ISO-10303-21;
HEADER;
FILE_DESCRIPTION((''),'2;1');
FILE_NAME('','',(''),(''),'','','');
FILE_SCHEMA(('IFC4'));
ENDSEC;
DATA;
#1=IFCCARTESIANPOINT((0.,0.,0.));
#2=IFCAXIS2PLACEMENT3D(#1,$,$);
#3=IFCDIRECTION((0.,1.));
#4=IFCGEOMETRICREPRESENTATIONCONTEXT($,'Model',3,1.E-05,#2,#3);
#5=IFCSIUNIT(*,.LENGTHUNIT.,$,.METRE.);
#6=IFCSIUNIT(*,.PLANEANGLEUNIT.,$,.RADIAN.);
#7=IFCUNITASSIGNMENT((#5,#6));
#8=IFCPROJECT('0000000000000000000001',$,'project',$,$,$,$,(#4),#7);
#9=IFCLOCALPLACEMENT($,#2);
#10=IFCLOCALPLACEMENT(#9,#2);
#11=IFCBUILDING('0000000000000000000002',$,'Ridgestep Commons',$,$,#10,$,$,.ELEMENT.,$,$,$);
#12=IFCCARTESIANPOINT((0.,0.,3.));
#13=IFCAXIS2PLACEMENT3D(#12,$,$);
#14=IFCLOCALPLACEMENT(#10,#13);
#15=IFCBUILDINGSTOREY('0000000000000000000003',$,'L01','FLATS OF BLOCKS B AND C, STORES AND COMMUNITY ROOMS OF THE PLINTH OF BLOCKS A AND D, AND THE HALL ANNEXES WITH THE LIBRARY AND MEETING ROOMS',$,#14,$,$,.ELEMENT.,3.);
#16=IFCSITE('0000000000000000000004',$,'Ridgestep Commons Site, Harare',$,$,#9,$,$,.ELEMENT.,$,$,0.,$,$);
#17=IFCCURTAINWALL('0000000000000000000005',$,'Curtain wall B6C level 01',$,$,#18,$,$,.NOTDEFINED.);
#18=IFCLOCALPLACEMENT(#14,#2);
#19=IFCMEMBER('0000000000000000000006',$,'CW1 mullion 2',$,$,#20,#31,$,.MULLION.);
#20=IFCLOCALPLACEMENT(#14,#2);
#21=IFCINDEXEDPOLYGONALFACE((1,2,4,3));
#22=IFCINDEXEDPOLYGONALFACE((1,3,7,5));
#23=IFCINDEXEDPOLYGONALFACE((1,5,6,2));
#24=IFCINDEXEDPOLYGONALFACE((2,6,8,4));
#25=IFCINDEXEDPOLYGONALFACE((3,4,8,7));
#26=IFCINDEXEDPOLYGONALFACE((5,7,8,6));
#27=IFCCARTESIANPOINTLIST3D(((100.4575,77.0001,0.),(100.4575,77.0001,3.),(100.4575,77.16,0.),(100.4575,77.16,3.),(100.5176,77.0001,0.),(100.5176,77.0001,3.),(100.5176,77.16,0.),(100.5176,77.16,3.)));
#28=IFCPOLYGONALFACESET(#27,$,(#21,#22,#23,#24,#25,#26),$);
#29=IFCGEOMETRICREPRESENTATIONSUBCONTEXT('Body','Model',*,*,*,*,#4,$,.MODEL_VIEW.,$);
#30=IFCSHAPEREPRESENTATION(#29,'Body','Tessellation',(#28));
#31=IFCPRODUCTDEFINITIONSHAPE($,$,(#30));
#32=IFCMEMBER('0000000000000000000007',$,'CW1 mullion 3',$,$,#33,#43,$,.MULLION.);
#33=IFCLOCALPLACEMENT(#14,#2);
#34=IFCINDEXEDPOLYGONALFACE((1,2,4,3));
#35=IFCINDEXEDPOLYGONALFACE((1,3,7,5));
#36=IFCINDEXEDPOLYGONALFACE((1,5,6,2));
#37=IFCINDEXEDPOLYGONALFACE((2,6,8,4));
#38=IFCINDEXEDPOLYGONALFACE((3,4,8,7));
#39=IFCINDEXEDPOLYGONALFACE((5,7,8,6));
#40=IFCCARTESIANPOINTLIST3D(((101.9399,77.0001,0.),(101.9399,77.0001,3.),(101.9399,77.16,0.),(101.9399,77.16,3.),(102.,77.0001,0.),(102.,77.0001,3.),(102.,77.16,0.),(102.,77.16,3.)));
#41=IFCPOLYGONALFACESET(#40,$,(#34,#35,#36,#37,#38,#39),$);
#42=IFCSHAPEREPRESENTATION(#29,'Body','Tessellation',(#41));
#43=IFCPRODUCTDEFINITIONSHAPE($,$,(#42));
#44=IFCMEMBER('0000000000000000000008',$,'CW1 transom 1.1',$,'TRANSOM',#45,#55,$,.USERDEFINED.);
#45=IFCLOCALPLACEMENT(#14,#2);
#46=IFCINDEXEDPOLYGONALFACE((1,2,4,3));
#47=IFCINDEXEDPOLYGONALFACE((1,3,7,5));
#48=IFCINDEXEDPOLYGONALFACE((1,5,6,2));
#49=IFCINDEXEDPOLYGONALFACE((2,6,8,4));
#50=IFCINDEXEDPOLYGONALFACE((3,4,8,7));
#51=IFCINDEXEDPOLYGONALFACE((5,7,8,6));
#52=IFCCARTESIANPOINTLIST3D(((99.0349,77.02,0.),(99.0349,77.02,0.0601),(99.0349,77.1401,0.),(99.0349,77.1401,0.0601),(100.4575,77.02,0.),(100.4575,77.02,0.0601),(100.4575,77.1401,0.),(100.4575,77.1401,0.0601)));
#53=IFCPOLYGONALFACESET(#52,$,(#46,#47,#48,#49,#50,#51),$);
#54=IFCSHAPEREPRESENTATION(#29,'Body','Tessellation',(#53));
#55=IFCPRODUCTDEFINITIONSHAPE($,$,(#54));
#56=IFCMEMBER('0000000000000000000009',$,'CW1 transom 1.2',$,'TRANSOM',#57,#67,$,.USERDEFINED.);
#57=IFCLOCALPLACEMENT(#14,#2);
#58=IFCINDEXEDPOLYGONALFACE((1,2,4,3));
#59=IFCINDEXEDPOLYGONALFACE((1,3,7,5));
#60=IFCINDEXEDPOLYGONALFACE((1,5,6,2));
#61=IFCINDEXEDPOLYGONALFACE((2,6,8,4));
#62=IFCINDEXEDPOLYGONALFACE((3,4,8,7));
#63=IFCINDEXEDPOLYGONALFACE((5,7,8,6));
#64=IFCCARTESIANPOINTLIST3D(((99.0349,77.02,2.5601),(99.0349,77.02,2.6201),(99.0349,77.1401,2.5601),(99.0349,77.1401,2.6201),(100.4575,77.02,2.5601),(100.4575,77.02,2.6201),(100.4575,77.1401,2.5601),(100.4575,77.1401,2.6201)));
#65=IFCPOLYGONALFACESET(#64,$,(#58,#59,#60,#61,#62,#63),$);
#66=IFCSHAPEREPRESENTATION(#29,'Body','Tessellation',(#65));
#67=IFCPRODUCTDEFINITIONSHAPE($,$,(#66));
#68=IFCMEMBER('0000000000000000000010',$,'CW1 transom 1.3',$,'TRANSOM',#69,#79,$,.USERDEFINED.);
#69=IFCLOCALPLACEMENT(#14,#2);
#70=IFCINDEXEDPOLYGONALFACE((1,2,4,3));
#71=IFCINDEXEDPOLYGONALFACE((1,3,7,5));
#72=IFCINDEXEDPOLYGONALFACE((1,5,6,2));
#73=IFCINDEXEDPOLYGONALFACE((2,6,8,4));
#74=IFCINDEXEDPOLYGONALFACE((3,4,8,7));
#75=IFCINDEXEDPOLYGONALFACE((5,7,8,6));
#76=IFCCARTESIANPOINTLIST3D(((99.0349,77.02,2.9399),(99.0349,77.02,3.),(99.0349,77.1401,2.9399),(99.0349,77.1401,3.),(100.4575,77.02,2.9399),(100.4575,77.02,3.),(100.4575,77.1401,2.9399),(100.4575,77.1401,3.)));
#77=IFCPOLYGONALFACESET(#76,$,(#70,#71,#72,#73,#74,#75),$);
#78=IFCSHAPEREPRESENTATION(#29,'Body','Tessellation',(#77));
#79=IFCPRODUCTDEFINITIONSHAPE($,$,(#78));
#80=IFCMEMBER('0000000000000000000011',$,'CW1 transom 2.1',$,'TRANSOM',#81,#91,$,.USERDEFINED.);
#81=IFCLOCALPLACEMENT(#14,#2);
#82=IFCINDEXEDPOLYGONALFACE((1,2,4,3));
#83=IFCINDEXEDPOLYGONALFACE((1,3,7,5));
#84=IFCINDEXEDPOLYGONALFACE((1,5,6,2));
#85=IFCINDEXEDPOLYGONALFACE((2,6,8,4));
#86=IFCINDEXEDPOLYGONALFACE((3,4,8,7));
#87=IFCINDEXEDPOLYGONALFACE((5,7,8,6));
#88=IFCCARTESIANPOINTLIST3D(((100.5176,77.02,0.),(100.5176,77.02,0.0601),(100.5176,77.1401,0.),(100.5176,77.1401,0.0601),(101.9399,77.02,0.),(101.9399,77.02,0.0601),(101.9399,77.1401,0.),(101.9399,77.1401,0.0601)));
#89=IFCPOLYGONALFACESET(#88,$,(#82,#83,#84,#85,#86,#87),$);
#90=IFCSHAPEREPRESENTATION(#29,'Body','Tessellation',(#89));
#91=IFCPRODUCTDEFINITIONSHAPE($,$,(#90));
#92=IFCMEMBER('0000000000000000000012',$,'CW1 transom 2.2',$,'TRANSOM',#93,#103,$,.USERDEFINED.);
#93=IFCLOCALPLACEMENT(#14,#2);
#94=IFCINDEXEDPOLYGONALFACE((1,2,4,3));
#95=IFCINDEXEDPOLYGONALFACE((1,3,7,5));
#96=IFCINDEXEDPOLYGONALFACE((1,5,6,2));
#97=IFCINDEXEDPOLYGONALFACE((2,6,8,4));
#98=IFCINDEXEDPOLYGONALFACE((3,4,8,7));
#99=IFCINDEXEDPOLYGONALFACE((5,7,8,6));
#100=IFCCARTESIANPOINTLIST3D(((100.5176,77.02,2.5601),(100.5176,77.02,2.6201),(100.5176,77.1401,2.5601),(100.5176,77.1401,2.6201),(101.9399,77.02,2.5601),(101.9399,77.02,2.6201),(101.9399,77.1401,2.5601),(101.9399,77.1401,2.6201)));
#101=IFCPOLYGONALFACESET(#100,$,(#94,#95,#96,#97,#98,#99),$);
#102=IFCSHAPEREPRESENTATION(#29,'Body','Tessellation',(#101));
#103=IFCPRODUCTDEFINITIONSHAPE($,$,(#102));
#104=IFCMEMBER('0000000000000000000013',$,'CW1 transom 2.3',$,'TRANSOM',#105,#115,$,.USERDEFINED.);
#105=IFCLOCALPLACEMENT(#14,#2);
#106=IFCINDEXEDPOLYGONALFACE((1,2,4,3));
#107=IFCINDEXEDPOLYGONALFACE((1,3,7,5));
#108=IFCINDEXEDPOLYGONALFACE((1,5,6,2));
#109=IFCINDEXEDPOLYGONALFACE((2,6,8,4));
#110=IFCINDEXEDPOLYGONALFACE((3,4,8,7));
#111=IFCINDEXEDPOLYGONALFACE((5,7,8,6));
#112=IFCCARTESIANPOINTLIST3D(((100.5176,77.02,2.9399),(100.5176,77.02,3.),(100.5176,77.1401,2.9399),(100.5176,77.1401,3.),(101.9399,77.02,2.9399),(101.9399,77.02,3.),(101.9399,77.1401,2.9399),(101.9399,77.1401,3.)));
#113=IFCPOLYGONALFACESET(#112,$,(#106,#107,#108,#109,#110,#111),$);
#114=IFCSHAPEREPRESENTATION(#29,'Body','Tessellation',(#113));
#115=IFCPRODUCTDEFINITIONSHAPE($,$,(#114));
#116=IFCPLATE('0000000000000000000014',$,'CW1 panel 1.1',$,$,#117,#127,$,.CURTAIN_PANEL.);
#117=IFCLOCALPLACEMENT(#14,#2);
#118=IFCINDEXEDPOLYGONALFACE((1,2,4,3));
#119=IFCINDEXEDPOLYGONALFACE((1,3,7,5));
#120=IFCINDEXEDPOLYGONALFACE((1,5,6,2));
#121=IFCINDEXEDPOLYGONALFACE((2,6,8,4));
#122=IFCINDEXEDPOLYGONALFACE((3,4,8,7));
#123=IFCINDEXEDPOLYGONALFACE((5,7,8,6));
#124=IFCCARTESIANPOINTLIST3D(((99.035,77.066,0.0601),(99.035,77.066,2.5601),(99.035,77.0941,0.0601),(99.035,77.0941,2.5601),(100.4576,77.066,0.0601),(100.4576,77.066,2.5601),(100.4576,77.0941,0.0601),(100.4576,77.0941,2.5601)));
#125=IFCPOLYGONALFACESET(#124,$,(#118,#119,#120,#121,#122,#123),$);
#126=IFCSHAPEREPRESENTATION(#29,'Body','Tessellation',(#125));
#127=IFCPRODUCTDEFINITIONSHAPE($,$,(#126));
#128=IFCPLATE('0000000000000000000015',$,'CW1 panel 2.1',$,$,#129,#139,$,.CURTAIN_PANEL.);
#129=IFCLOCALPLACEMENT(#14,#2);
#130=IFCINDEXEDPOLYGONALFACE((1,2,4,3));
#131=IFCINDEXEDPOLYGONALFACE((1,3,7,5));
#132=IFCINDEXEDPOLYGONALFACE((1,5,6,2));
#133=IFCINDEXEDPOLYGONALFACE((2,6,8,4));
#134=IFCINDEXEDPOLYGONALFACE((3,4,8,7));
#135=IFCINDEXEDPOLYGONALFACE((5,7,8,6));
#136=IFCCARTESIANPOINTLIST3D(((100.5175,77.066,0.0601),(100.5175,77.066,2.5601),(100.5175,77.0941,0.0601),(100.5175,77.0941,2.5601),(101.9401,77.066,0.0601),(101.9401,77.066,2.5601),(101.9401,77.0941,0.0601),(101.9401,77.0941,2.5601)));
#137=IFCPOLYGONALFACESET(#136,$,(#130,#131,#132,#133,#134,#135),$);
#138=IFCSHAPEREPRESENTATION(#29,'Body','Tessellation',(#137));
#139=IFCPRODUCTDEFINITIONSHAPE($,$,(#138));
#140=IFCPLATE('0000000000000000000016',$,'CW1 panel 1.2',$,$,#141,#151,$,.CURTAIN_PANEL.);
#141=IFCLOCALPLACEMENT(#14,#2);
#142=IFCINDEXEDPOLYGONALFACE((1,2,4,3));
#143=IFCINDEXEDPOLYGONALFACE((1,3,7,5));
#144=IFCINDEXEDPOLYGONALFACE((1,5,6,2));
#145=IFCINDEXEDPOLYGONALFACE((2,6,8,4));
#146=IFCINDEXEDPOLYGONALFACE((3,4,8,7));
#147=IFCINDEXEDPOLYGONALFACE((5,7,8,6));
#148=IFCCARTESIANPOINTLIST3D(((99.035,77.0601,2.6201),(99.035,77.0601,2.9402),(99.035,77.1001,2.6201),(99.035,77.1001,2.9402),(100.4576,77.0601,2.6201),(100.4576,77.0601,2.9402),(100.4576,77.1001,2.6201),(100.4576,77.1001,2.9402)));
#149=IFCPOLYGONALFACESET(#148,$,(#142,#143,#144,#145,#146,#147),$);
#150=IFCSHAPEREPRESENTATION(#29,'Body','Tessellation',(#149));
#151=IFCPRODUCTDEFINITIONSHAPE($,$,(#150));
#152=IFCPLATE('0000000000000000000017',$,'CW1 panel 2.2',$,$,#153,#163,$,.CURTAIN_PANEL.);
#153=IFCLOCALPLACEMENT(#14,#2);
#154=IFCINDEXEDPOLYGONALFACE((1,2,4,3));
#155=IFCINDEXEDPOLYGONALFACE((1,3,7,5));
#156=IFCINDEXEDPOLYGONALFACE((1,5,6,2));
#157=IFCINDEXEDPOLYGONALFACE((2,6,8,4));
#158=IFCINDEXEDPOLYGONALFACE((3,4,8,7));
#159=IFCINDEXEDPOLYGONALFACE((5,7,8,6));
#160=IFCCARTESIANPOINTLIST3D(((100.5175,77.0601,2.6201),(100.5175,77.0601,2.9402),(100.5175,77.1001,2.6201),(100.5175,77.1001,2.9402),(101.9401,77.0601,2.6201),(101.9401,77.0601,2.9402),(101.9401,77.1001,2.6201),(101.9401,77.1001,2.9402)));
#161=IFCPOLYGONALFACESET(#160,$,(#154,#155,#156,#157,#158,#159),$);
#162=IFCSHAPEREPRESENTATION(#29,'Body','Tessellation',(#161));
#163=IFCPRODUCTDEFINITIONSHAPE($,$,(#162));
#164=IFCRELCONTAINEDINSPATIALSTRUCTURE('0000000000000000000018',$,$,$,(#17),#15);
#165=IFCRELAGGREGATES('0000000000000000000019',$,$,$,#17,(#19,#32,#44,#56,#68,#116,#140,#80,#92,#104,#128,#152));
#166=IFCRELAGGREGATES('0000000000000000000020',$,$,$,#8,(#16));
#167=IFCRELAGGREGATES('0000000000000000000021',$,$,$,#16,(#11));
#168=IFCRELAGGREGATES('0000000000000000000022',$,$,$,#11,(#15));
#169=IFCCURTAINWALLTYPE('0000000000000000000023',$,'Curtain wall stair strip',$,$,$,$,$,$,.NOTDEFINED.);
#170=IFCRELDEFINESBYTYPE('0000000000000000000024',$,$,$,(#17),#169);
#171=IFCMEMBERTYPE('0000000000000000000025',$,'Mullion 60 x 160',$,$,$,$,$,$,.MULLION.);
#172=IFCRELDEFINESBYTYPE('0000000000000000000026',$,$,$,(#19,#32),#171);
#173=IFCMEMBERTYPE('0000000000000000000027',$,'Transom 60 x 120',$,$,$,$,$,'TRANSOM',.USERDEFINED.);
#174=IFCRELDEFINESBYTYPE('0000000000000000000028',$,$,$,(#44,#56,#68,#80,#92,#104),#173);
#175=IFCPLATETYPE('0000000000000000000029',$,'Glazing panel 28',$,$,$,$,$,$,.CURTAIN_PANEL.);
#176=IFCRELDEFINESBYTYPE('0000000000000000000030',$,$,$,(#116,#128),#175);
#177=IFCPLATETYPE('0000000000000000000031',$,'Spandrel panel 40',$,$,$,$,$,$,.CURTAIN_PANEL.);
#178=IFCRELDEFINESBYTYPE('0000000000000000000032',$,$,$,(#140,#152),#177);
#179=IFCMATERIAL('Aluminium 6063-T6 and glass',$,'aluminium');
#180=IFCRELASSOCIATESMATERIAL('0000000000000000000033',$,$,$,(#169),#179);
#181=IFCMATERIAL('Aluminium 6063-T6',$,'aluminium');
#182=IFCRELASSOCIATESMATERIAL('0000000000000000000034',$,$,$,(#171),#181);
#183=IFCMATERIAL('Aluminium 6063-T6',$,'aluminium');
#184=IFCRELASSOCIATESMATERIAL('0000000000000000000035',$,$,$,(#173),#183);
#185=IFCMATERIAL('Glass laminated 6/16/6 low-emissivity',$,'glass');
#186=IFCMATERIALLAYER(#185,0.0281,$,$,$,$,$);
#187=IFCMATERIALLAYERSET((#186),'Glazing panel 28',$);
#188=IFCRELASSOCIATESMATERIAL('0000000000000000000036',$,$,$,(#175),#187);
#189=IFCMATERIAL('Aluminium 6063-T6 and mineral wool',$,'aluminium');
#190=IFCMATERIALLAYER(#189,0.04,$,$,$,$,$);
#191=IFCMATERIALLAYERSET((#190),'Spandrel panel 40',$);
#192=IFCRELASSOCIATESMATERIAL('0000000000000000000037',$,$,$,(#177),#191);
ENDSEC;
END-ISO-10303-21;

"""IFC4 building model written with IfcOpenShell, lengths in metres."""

from ifc_helpers import new_model, si_unit, direction, frame, origin, origin_2d, place, context, subcontext, project, spatial, rectangle, extrude, material, layer, layer_set, material_profile, profile_set, type_object, element, aggregate, save


model = new_model("IFC4")

# Units and contexts
model_context = context("Model", 3, precision=1e-05, world=origin(), true_north=direction((0.0, 1.0)))
body_context = subcontext(model_context, "Body", "Model", "MODEL_VIEW")
ifc_project = project(units=[si_unit("LENGTHUNIT", "METRE"), si_unit("PLANEANGLEUNIT", "RADIAN")], contexts=[model_context])

# Site, building, storey
site_placement = place(None, origin())
site = spatial("IfcSite", under=ifc_project, at=site_placement, Name="Ridgestep Commons Site, Harare", CompositionType="ELEMENT", RefElevation=0.0)
building_placement = place(site_placement, origin())
building = spatial("IfcBuilding", under=site, at=building_placement, Name="Ridgestep Commons", CompositionType="ELEMENT")
storey_placement = place(building_placement, frame((0.0, 0.0, 3.0)))
storey = spatial("IfcBuildingStorey", under=building, at=storey_placement, Name="L01", Description="FLATS OF BLOCKS B AND C, STORES AND COMMUNITY ROOMS OF THE PLINTH OF BLOCKS A AND D, AND THE HALL ANNEXES WITH THE LIBRARY AND MEETING ROOMS", CompositionType="ELEMENT", Elevation=3.0)

# Curtain wall, members, plates
ifc_material_1 = material(Name="Aluminium 6063-T6 and glass", Category="aluminium")
curtain_wall_type = type_object("IfcCurtainWallType", Name="Curtain wall stair strip", PredefinedType="NOTDEFINED", material=ifc_material_1)
curtain_wall_placement = place(storey_placement, origin())
curtain_wall = element("IfcCurtainWall", 1, at=curtain_wall_placement, inside=storey, type_object=curtain_wall_type, Name="Curtain wall B6C level 01", PredefinedType="NOTDEFINED")
ifc_material_2 = material(Name="Aluminium 6063-T6", Category="aluminium")
ifc_material_profile_1 = material_profile(ifc_material_2, rectangle(XDim=0.1599, YDim=0.0601, at=origin_2d()), Name="Mullion 60 x 160")
ifc_profile_set_1 = profile_set([ifc_material_profile_1], Name="Aluminium 6063-T6")
member_type_1 = type_object("IfcMemberType", Name="Mullion 60 x 160", PredefinedType="MULLION", material=ifc_profile_set_1)
member_1_placement = place(storey_placement, frame((100.4875, 77.0801, 0.0), z_axis=(0.0, 0.0, 1.0), x_axis=(0.0, 1.0, 0.0)))
member_1 = element("IfcMember", 2, at=member_1_placement, type_object=member_type_1, Name="CW1 mullion 2", PredefinedType="MULLION", context=body_context, shape_type="SweptSolid", body=[
    extrude(rectangle(XDim=0.1599, YDim=0.0601, at=origin_2d()), origin(), (0.0, 0.0, 1.0), 3.0),
])
member_2_placement = place(storey_placement, frame((101.97, 77.0801, 0.0), z_axis=(0.0, 0.0, 1.0), x_axis=(0.0, 1.0, 0.0)))
member_2 = element("IfcMember", 3, at=member_2_placement, type_object=member_type_1, Name="CW1 mullion 3", PredefinedType="MULLION", context=body_context, shape_type="SweptSolid", body=[
    extrude(rectangle(XDim=0.1599, YDim=0.0601, at=origin_2d()), origin(), (0.0, 0.0, 1.0), 3.0),
])
ifc_material_3 = material(Name="Aluminium 6063-T6", Category="aluminium")
ifc_material_profile_2 = material_profile(ifc_material_3, rectangle(XDim=0.1201, YDim=0.0601, at=origin_2d()), Name="Transom 60 x 120")
ifc_profile_set_2 = profile_set([ifc_material_profile_2], Name="Aluminium 6063-T6")
member_type_2 = type_object("IfcMemberType", Name="Transom 60 x 120", ElementType="TRANSOM", PredefinedType="USERDEFINED", material=ifc_profile_set_2)
member_3_placement = place(storey_placement, frame((99.0349, 77.0801, 0.03), z_axis=(1.0, 0.0, 0.0), x_axis=(0.0, 1.0, 0.0)))
member_3 = element("IfcMember", 4, at=member_3_placement, type_object=member_type_2, Name="CW1 transom 1.1", ObjectType="TRANSOM", PredefinedType="USERDEFINED", context=body_context, shape_type="SweptSolid", body=[
    extrude(rectangle(XDim=0.1201, YDim=0.0601, at=origin_2d()), origin(), (0.0, 0.0, 1.0), 1.4226),
])
member_4_placement = place(storey_placement, frame((99.0349, 77.0801, 2.5901), z_axis=(1.0, 0.0, 0.0), x_axis=(0.0, 1.0, 0.0)))
member_4 = element("IfcMember", 5, at=member_4_placement, type_object=member_type_2, Name="CW1 transom 1.2", ObjectType="TRANSOM", PredefinedType="USERDEFINED", context=body_context, shape_type="SweptSolid", body=[
    extrude(rectangle(XDim=0.1201, YDim=0.0601, at=origin_2d()), origin(), (0.0, 0.0, 1.0), 1.4226),
])
member_5_placement = place(storey_placement, frame((99.0349, 77.0801, 2.97), z_axis=(1.0, 0.0, 0.0), x_axis=(0.0, 1.0, 0.0)))
member_5 = element("IfcMember", 6, at=member_5_placement, type_object=member_type_2, Name="CW1 transom 1.3", ObjectType="TRANSOM", PredefinedType="USERDEFINED", context=body_context, shape_type="SweptSolid", body=[
    extrude(rectangle(XDim=0.1201, YDim=0.0601, at=origin_2d()), origin(), (0.0, 0.0, 1.0), 1.4226),
])
member_6_placement = place(storey_placement, frame((100.5176, 77.0801, 0.03), z_axis=(1.0, 0.0, 0.0), x_axis=(0.0, 1.0, 0.0)))
member_6 = element("IfcMember", 7, at=member_6_placement, type_object=member_type_2, Name="CW1 transom 2.1", ObjectType="TRANSOM", PredefinedType="USERDEFINED", context=body_context, shape_type="SweptSolid", body=[
    extrude(rectangle(XDim=0.1201, YDim=0.0601, at=origin_2d()), origin(), (0.0, 0.0, 1.0), 1.4224),
])
member_7_placement = place(storey_placement, frame((100.5176, 77.0801, 2.5901), z_axis=(1.0, 0.0, 0.0), x_axis=(0.0, 1.0, 0.0)))
member_7 = element("IfcMember", 8, at=member_7_placement, type_object=member_type_2, Name="CW1 transom 2.2", ObjectType="TRANSOM", PredefinedType="USERDEFINED", context=body_context, shape_type="SweptSolid", body=[
    extrude(rectangle(XDim=0.1201, YDim=0.0601, at=origin_2d()), origin(), (0.0, 0.0, 1.0), 1.4224),
])
member_8_placement = place(storey_placement, frame((100.5176, 77.0801, 2.97), z_axis=(1.0, 0.0, 0.0), x_axis=(0.0, 1.0, 0.0)))
member_8 = element("IfcMember", 9, at=member_8_placement, type_object=member_type_2, Name="CW1 transom 2.3", ObjectType="TRANSOM", PredefinedType="USERDEFINED", context=body_context, shape_type="SweptSolid", body=[
    extrude(rectangle(XDim=0.1201, YDim=0.0601, at=origin_2d()), origin(), (0.0, 0.0, 1.0), 1.4224),
])
ifc_material_4 = material(Name="Glass laminated 6/16/6 low-emissivity", Category="glass")
ifc_layer_1 = layer(ifc_material_4, 0.0281)
ifc_layer_set_1 = layer_set([ifc_layer_1], Name="Glazing panel 28")
plate_type_1 = type_object("IfcPlateType", Name="Glazing panel 28", PredefinedType="CURTAIN_PANEL", material=ifc_layer_set_1)
plate_1_placement = place(storey_placement, frame((99.7463, 77.0801, 0.0601), z_axis=(0.0, 0.0, 1.0), x_axis=(1.0, 0.0, 0.0)))
plate_1 = element("IfcPlate", 10, at=plate_1_placement, type_object=plate_type_1, Name="CW1 panel 1.1", PredefinedType="CURTAIN_PANEL", context=body_context, shape_type="SweptSolid", body=[
    extrude(rectangle(XDim=1.4226, YDim=0.0281, at=origin_2d()), origin(), (0.0, 0.0, 1.0), 2.5),
])
plate_2_placement = place(storey_placement, frame((101.2288, 77.0801, 0.0601), z_axis=(0.0, 0.0, 1.0), x_axis=(1.0, 0.0, 0.0)))
plate_2 = element("IfcPlate", 11, at=plate_2_placement, type_object=plate_type_1, Name="CW1 panel 2.1", PredefinedType="CURTAIN_PANEL", context=body_context, shape_type="SweptSolid", body=[
    extrude(rectangle(XDim=1.4226, YDim=0.0281, at=origin_2d()), origin(), (0.0, 0.0, 1.0), 2.5),
])
ifc_material_5 = material(Name="Aluminium 6063-T6 and mineral wool", Category="aluminium")
ifc_layer_2 = layer(ifc_material_5, 0.04)
ifc_layer_set_2 = layer_set([ifc_layer_2], Name="Spandrel panel 40")
plate_type_2 = type_object("IfcPlateType", Name="Spandrel panel 40", PredefinedType="CURTAIN_PANEL", material=ifc_layer_set_2)
plate_3_placement = place(storey_placement, frame((99.7463, 77.0801, 2.6201), z_axis=(0.0, 0.0, 1.0), x_axis=(1.0, 0.0, 0.0)))
plate_3 = element("IfcPlate", 12, at=plate_3_placement, type_object=plate_type_2, Name="CW1 panel 1.2", PredefinedType="CURTAIN_PANEL", context=body_context, shape_type="SweptSolid", body=[
    extrude(rectangle(XDim=1.4226, YDim=0.04, at=origin_2d()), origin(), (0.0, 0.0, 1.0), 0.3201),
])
plate_4_placement = place(storey_placement, frame((101.2288, 77.0801, 2.6201), z_axis=(0.0, 0.0, 1.0), x_axis=(1.0, 0.0, 0.0)))
plate_4 = element("IfcPlate", 13, at=plate_4_placement, type_object=plate_type_2, Name="CW1 panel 2.2", PredefinedType="CURTAIN_PANEL", context=body_context, shape_type="SweptSolid", body=[
    extrude(rectangle(XDim=1.4226, YDim=0.04, at=origin_2d()), origin(), (0.0, 0.0, 1.0), 0.3201),
])
aggregate(curtain_wall, [member_1, member_2, member_3, member_4, member_5, plate_1, plate_3, member_6, member_7, member_8, plate_2, plate_4])

save(model, "model.ifc")
